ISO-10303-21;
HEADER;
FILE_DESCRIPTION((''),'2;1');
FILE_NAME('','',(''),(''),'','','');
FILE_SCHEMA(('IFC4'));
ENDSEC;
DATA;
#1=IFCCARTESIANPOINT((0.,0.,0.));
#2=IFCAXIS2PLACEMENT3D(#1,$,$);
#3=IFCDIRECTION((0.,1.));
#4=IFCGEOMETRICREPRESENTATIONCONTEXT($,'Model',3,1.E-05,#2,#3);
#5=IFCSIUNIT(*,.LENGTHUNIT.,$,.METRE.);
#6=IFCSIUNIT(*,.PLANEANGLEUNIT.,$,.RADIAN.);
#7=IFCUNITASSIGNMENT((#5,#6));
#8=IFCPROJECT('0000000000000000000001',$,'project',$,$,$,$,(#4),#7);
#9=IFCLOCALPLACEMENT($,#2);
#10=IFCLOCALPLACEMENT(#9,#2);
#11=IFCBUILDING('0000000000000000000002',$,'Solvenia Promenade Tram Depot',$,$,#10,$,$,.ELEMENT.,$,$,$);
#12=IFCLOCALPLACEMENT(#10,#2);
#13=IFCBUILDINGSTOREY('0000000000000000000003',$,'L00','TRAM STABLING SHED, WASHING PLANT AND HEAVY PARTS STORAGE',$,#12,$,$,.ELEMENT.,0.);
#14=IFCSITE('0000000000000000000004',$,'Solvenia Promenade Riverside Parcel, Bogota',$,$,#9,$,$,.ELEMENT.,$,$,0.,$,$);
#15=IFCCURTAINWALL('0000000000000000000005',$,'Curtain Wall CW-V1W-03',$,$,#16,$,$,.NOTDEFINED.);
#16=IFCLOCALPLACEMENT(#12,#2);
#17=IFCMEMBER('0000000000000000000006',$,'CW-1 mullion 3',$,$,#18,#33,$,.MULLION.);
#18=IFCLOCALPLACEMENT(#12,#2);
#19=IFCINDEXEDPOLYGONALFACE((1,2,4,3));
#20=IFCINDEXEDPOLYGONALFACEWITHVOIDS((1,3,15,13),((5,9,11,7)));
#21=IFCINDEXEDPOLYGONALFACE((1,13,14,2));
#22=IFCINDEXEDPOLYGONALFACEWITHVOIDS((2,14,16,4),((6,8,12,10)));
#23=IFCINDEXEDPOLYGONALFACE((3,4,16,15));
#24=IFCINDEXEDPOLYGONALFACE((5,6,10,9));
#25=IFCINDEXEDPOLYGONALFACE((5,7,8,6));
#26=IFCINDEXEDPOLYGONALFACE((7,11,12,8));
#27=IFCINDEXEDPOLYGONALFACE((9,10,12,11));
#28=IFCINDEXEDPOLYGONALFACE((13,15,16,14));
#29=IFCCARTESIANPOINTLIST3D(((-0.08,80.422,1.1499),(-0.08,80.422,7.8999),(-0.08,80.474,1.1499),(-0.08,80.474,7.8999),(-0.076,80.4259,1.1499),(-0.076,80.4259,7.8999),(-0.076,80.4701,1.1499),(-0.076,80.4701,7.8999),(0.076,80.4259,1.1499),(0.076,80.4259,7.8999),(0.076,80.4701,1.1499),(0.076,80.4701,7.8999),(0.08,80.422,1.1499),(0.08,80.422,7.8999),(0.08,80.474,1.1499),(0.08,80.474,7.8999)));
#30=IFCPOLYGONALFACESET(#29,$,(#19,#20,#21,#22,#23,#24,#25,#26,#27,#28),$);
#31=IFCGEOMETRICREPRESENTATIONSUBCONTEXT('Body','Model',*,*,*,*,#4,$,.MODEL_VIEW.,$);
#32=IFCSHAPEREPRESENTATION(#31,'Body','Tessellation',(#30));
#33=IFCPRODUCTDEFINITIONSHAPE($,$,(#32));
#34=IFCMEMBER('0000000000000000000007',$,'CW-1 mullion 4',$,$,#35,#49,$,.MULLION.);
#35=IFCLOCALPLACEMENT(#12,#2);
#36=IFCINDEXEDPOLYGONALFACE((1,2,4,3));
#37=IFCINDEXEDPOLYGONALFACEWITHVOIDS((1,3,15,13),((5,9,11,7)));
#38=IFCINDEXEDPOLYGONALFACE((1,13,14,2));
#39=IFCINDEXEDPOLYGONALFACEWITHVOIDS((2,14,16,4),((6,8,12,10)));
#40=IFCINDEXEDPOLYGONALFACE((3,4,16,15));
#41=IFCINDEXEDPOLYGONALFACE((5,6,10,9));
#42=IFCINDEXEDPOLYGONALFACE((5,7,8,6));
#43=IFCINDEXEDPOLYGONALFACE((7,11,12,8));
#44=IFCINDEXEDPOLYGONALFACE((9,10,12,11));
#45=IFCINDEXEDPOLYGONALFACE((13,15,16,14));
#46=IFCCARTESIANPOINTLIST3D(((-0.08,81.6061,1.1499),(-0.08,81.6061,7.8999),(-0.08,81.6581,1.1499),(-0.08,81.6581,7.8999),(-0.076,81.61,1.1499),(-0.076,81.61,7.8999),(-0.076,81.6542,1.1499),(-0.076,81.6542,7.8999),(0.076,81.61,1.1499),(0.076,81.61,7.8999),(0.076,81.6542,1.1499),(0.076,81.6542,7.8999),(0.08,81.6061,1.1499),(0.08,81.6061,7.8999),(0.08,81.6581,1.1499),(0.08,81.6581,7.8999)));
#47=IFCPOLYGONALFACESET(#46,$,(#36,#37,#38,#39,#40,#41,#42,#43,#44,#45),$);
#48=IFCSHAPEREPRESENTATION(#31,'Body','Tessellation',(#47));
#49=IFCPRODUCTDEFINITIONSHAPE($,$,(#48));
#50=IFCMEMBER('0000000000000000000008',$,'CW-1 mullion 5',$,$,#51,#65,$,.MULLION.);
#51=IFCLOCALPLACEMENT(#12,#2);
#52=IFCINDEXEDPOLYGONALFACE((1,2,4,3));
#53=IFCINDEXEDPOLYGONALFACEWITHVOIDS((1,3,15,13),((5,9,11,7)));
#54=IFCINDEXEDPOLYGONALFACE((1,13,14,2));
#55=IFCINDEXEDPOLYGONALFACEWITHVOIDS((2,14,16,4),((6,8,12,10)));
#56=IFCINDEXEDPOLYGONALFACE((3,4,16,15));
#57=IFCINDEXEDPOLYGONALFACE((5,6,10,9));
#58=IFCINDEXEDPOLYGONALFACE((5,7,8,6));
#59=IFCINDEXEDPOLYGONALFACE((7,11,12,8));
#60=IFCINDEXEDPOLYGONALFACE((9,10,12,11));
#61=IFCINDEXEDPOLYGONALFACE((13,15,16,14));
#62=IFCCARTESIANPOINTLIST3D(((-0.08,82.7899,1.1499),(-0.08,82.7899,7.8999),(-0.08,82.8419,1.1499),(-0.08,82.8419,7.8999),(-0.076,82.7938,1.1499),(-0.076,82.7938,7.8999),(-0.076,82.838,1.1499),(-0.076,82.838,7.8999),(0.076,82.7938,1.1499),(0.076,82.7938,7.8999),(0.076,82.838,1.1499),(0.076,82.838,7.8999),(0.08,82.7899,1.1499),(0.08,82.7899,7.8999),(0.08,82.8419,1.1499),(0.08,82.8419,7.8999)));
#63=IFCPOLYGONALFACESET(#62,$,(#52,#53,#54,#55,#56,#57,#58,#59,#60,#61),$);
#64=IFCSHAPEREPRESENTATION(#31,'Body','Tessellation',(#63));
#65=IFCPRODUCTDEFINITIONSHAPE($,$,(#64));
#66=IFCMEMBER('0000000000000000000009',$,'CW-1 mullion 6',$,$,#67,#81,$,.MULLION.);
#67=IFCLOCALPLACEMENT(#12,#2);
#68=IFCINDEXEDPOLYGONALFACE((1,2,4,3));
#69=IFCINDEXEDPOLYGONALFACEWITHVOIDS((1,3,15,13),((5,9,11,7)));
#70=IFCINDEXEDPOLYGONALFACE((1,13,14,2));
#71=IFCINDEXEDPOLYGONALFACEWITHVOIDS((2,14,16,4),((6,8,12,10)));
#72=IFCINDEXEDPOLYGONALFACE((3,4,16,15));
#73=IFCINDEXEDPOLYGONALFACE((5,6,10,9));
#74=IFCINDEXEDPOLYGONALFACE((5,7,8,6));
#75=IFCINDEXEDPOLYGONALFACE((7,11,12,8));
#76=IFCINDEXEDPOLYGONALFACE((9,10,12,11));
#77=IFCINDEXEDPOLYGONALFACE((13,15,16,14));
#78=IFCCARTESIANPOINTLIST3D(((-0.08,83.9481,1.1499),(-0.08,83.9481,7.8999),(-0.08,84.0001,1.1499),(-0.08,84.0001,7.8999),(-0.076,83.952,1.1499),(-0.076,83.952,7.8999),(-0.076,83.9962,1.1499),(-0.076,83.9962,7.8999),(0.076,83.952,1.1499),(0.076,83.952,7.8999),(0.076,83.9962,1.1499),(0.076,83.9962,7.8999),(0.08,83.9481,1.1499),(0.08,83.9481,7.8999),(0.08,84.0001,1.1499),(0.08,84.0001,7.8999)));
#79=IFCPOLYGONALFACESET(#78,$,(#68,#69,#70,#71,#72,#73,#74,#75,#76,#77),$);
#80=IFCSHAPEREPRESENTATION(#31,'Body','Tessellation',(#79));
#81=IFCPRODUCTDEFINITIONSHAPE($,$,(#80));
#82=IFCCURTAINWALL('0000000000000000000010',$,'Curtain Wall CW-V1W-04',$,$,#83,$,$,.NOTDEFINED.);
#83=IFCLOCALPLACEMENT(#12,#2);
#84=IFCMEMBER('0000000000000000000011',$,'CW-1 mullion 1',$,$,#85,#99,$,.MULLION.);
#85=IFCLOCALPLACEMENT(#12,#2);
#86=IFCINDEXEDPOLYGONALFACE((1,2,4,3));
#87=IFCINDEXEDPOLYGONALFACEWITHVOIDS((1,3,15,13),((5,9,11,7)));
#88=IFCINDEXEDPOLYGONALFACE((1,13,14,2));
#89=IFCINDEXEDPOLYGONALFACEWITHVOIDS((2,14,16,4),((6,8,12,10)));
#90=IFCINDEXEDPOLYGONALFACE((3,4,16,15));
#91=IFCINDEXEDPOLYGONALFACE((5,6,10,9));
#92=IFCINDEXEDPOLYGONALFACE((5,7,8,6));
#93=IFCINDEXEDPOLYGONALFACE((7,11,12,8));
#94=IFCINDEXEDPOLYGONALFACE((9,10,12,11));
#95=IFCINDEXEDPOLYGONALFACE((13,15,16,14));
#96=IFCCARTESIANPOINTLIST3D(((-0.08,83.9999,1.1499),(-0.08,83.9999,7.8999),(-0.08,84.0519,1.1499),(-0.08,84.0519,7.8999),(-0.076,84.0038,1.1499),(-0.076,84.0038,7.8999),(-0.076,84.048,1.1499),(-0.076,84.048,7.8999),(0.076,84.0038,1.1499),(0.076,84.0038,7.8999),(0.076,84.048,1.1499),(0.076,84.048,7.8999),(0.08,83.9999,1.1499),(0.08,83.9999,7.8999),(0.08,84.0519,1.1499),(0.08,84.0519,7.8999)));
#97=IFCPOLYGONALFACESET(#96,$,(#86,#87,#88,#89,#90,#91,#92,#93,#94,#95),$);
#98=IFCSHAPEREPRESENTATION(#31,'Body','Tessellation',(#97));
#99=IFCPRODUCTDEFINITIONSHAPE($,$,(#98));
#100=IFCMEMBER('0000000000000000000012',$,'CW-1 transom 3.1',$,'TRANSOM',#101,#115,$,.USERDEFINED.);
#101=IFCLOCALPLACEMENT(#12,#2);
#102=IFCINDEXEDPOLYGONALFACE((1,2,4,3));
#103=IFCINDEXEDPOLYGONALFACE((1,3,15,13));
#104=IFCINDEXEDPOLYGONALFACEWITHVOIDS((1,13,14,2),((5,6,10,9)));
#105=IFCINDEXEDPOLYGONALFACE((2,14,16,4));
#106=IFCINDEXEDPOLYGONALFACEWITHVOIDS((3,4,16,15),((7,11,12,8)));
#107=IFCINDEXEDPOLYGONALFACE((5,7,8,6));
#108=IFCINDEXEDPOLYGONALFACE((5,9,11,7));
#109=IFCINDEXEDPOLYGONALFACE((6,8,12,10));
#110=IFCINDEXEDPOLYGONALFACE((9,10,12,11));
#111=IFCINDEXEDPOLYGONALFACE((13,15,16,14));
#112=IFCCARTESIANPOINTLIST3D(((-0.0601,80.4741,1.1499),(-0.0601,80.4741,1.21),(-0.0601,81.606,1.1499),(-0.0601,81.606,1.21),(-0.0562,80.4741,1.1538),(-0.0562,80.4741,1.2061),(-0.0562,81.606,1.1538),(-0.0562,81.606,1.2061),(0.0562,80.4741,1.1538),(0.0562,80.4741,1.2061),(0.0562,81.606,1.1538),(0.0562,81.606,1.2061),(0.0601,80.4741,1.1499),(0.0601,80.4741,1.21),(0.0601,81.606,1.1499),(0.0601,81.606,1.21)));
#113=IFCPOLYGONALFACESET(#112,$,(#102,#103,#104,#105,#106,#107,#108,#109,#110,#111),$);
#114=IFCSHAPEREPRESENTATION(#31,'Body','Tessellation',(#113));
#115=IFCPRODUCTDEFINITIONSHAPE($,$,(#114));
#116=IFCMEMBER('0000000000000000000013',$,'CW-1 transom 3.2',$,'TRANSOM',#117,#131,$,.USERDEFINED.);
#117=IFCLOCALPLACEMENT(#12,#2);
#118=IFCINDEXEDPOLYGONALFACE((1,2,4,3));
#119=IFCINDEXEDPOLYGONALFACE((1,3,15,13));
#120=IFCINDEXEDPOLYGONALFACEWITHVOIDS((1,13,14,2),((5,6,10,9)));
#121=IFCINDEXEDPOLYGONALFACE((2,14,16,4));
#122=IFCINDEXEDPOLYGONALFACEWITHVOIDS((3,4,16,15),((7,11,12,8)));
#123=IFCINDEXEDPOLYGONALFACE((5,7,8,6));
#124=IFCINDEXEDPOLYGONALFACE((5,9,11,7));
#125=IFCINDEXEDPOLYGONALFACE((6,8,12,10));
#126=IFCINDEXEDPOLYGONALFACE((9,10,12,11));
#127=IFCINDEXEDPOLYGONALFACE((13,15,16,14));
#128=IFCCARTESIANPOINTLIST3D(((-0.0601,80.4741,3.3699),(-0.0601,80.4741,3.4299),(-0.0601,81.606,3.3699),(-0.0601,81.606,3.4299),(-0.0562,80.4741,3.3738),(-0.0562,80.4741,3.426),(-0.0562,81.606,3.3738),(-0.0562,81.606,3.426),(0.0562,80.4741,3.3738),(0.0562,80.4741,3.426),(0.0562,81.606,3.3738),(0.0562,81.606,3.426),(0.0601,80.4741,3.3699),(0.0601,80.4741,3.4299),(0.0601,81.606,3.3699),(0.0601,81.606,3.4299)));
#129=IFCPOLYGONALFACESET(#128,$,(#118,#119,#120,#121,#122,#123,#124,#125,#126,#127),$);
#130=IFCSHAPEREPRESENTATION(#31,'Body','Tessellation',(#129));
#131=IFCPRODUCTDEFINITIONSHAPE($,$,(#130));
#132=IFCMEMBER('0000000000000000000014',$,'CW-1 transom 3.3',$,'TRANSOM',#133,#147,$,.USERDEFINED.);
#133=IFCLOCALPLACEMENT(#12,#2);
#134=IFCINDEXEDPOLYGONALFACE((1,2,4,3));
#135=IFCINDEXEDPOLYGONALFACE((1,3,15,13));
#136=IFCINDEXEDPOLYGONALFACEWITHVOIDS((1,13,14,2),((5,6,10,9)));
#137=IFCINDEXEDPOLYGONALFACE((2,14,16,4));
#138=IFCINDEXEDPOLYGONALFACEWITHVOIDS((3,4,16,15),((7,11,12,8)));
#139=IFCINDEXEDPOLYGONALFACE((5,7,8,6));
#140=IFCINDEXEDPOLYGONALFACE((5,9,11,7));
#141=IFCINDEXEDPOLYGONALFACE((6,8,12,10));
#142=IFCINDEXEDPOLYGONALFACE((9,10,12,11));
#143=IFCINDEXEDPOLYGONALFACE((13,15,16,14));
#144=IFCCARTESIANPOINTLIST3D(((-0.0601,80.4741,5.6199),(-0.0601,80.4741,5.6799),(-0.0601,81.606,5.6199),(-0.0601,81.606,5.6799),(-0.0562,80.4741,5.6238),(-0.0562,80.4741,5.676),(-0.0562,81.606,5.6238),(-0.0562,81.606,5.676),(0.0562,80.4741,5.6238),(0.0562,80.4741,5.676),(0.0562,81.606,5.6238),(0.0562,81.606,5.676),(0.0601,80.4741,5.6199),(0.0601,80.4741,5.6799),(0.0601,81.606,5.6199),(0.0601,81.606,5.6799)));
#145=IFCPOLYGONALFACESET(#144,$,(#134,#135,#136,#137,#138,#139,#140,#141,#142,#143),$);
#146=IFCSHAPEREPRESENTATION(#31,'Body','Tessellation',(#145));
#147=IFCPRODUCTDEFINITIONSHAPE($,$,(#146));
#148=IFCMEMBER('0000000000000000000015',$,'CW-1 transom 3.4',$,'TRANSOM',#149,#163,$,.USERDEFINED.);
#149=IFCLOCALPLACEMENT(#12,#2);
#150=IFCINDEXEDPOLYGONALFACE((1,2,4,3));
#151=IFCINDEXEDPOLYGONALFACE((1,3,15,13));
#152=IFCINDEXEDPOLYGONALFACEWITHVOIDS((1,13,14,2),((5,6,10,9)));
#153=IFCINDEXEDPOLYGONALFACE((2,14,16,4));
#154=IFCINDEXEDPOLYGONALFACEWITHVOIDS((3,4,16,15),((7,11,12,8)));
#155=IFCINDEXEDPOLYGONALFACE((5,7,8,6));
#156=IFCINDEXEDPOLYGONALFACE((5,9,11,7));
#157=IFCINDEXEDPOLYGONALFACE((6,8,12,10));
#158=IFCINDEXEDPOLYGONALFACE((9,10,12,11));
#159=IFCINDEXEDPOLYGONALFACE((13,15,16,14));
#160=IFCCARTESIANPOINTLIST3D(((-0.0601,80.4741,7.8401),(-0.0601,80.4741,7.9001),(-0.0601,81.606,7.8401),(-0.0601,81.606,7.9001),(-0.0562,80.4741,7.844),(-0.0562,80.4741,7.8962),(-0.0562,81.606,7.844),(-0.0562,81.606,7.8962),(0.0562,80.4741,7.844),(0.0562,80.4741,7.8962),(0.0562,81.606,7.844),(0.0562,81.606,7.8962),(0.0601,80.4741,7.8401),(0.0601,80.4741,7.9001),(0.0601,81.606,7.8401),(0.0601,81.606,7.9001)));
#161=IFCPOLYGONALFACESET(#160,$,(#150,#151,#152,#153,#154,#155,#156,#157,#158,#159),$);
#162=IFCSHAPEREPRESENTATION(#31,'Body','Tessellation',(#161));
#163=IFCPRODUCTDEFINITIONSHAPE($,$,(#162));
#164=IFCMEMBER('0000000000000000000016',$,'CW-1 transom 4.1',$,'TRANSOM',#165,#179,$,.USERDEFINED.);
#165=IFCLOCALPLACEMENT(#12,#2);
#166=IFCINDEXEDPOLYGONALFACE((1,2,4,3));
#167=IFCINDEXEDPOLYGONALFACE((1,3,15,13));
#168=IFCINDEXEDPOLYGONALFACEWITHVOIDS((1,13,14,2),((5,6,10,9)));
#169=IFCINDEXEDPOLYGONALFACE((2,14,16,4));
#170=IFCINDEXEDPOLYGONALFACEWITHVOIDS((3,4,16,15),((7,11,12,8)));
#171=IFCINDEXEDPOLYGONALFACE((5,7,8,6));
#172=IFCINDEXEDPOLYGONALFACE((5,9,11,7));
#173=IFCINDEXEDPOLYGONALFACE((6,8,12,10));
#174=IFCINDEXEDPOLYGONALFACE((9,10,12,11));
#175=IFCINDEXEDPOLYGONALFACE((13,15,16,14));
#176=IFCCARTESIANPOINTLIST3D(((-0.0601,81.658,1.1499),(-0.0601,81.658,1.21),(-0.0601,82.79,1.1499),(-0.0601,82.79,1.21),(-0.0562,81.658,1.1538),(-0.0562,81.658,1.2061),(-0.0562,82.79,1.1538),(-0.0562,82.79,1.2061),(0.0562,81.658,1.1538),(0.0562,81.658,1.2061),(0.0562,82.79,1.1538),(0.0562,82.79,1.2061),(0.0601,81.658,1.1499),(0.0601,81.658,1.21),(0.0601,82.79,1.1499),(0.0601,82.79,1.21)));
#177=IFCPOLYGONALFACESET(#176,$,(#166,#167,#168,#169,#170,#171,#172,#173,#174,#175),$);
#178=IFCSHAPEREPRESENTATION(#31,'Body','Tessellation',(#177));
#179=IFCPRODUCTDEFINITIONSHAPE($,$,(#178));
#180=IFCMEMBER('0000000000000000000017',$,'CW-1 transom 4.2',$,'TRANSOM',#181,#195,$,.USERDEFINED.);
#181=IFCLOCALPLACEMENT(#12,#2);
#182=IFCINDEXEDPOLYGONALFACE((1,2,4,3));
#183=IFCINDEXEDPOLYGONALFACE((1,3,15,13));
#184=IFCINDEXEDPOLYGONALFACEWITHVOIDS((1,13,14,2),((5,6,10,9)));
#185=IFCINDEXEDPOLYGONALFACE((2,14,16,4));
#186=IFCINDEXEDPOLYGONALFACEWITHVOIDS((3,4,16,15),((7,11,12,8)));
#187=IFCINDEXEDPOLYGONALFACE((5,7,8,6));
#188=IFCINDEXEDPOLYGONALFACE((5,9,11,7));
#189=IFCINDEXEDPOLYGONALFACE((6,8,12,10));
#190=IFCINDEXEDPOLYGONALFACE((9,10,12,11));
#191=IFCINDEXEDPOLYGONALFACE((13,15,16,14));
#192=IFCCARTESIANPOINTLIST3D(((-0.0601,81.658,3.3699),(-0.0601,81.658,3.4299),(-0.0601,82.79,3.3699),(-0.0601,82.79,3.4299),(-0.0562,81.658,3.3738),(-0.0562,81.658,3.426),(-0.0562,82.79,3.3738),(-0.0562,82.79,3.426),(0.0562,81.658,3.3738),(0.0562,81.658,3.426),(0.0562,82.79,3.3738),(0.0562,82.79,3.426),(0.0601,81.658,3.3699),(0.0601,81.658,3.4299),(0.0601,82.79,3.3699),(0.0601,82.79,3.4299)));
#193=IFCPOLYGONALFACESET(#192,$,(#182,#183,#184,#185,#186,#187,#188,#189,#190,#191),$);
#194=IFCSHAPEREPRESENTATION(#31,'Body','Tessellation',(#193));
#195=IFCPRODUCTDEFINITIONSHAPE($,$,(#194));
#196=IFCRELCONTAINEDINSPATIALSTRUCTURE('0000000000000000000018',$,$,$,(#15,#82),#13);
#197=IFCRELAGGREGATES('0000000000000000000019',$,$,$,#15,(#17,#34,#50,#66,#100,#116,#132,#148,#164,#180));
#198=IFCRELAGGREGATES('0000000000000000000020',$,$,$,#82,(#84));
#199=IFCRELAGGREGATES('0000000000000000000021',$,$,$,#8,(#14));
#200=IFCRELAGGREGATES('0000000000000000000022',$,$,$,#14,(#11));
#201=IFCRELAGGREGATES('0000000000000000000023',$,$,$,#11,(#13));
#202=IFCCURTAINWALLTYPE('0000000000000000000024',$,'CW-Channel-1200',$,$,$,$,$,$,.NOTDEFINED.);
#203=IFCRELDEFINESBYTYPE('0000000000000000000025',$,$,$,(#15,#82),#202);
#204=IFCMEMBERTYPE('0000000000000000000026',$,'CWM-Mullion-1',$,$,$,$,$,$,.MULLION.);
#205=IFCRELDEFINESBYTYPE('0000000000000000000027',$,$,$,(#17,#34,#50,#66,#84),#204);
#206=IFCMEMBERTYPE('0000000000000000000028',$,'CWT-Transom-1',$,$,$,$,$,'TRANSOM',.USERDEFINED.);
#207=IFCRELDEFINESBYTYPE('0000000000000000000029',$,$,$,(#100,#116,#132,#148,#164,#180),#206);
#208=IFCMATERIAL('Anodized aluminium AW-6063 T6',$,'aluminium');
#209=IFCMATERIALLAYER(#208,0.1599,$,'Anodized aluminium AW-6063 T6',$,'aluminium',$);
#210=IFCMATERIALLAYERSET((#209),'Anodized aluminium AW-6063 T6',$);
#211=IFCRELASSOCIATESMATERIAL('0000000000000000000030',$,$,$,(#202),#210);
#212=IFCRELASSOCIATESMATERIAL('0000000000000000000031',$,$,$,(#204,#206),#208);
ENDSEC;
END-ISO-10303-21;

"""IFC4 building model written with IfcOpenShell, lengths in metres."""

from ifc_helpers import new_model, si_unit, direction, frame, origin, origin_2d, place, context, subcontext, project, spatial, hollow_rectangle, extrude, material, layer, layer_set, material_profile, profile_set, type_object, element, aggregate, save


model = new_model("IFC4")

# Units and contexts
model_context = context("Model", 3, precision=1e-05, world=origin(), true_north=direction((0.0, 1.0)))
body_context = subcontext(model_context, "Body", "Model", "MODEL_VIEW")
ifc_project = project(units=[si_unit("LENGTHUNIT", "METRE"), si_unit("PLANEANGLEUNIT", "RADIAN")], contexts=[model_context])

# Site, building, storey
site_placement = place(None, origin())
site = spatial("IfcSite", under=ifc_project, at=site_placement, Name="Solvenia Promenade Riverside Parcel, Bogota", CompositionType="ELEMENT", RefElevation=0.0)
building_placement = place(site_placement, origin())
building = spatial("IfcBuilding", under=site, at=building_placement, Name="Solvenia Promenade Tram Depot", CompositionType="ELEMENT")
storey_placement = place(building_placement, origin())
storey = spatial("IfcBuildingStorey", under=building, at=storey_placement, Name="L00", Description="TRAM STABLING SHED, WASHING PLANT AND HEAVY PARTS STORAGE", CompositionType="ELEMENT", Elevation=0.0)

# Curtain wall, members
ifc_material_1 = material(Name="Anodized aluminium AW-6063 T6", Category="aluminium")
ifc_layer_1 = layer(ifc_material_1, 0.1599, Name="Anodized aluminium AW-6063 T6", Category="aluminium")
ifc_layer_set_1 = layer_set([ifc_layer_1], Name="Anodized aluminium AW-6063 T6")
curtain_wall_type = type_object("IfcCurtainWallType", Name="CW-Channel-1200", PredefinedType="NOTDEFINED", material=ifc_layer_set_1)
curtain_wall_1_placement = place(storey_placement, origin())
curtain_wall_1 = element("IfcCurtainWall", 1, at=curtain_wall_1_placement, inside=storey, type_object=curtain_wall_type, Name="Curtain Wall CW-V1W-03", PredefinedType="NOTDEFINED")
ifc_material_profile_1 = material_profile(ifc_material_1, hollow_rectangle(XDim=0.1599, YDim=0.052, WallThickness=0.0039, at=origin_2d()), Name="ALU-M1", Category="aluminium")
ifc_profile_set_1 = profile_set([ifc_material_profile_1], Name="Anodized aluminium AW-6063 T6")
member_type_1 = type_object("IfcMemberType", Name="CWM-Mullion-1", PredefinedType="MULLION", material=ifc_profile_set_1)
member_1_placement = place(storey_placement, frame((0.0, 80.448, 1.1499), z_axis=(0.0, 0.0, 1.0), x_axis=(-1.0, 0.0, 0.0)))
member_1 = element("IfcMember", 2, at=member_1_placement, type_object=member_type_1, Name="CW-1 mullion 3", PredefinedType="MULLION", context=body_context, shape_type="SweptSolid", body=[
    extrude(hollow_rectangle(XDim=0.1599, YDim=0.052, WallThickness=0.0039, at=origin_2d()), origin(), (0.0, 0.0, 1.0), 6.75),
])
member_2_placement = place(storey_placement, frame((0.0, 81.6321, 1.1499), z_axis=(0.0, 0.0, 1.0), x_axis=(-1.0, 0.0, 0.0)))
member_2 = element("IfcMember", 3, at=member_2_placement, type_object=member_type_1, Name="CW-1 mullion 4", PredefinedType="MULLION", context=body_context, shape_type="SweptSolid", body=[
    extrude(hollow_rectangle(XDim=0.1599, YDim=0.052, WallThickness=0.0039, at=origin_2d()), origin(), (0.0, 0.0, 1.0), 6.75),
])
member_3_placement = place(storey_placement, frame((0.0, 82.8159, 1.1499), z_axis=(0.0, 0.0, 1.0), x_axis=(-1.0, 0.0, 0.0)))
member_3 = element("IfcMember", 4, at=member_3_placement, type_object=member_type_1, Name="CW-1 mullion 5", PredefinedType="MULLION", context=body_context, shape_type="SweptSolid", body=[
    extrude(hollow_rectangle(XDim=0.1599, YDim=0.052, WallThickness=0.0039, at=origin_2d()), origin(), (0.0, 0.0, 1.0), 6.75),
])
member_4_placement = place(storey_placement, frame((0.0, 83.9741, 1.1499), z_axis=(0.0, 0.0, 1.0), x_axis=(-1.0, 0.0, 0.0)))
member_4 = element("IfcMember", 5, at=member_4_placement, type_object=member_type_1, Name="CW-1 mullion 6", PredefinedType="MULLION", context=body_context, shape_type="SweptSolid", body=[
    extrude(hollow_rectangle(XDim=0.1599, YDim=0.052, WallThickness=0.0039, at=origin_2d()), origin(), (0.0, 0.0, 1.0), 6.75),
])

# Curtain wall, member
curtain_wall_2_placement = place(storey_placement, origin())
curtain_wall_2 = element("IfcCurtainWall", 6, at=curtain_wall_2_placement, inside=storey, type_object=curtain_wall_type, Name="Curtain Wall CW-V1W-04", PredefinedType="NOTDEFINED")
member_5_placement = place(storey_placement, frame((0.0, 84.0259, 1.1499), z_axis=(0.0, 0.0, 1.0), x_axis=(-1.0, 0.0, 0.0)))
member_5 = element("IfcMember", 7, at=member_5_placement, type_object=member_type_1, Name="CW-1 mullion 1", PredefinedType="MULLION", context=body_context, shape_type="SweptSolid", body=[
    extrude(hollow_rectangle(XDim=0.1599, YDim=0.052, WallThickness=0.0039, at=origin_2d()), origin(), (0.0, 0.0, 1.0), 6.75),
])

# Members
ifc_material_profile_2 = material_profile(ifc_material_1, hollow_rectangle(XDim=0.1201, YDim=0.0601, WallThickness=0.0039, at=origin_2d()), Name="ALU-T1", Category="aluminium")
ifc_profile_set_2 = profile_set([ifc_material_profile_2], Name="Anodized aluminium AW-6063 T6")
member_type_2 = type_object("IfcMemberType", Name="CWT-Transom-1", ElementType="TRANSOM", PredefinedType="USERDEFINED", material=ifc_profile_set_2)
member_6_placement = place(storey_placement, frame((0.0, 80.4741, 1.1799), z_axis=(0.0, 1.0, 0.0), x_axis=(-1.0, 0.0, 0.0)))
member_6 = element("IfcMember", 8, at=member_6_placement, type_object=member_type_2, Name="CW-1 transom 3.1", ObjectType="TRANSOM", PredefinedType="USERDEFINED", context=body_context, shape_type="SweptSolid", body=[
    extrude(hollow_rectangle(XDim=0.1201, YDim=0.0601, WallThickness=0.0039, at=origin_2d()), origin(), (0.0, 0.0, 1.0), 1.1318),
])
member_7_placement = place(storey_placement, frame((0.0, 80.4741, 3.3999), z_axis=(0.0, 1.0, 0.0), x_axis=(-1.0, 0.0, 0.0)))
member_7 = element("IfcMember", 9, at=member_7_placement, type_object=member_type_2, Name="CW-1 transom 3.2", ObjectType="TRANSOM", PredefinedType="USERDEFINED", context=body_context, shape_type="SweptSolid", body=[
    extrude(hollow_rectangle(XDim=0.1201, YDim=0.0601, WallThickness=0.0039, at=origin_2d()), origin(), (0.0, 0.0, 1.0), 1.1318),
])
member_8_placement = place(storey_placement, frame((0.0, 80.4741, 5.6499), z_axis=(0.0, 1.0, 0.0), x_axis=(-1.0, 0.0, 0.0)))
member_8 = element("IfcMember", 10, at=member_8_placement, type_object=member_type_2, Name="CW-1 transom 3.3", ObjectType="TRANSOM", PredefinedType="USERDEFINED", context=body_context, shape_type="SweptSolid", body=[
    extrude(hollow_rectangle(XDim=0.1201, YDim=0.0601, WallThickness=0.0039, at=origin_2d()), origin(), (0.0, 0.0, 1.0), 1.1318),
])
member_9_placement = place(storey_placement, frame((0.0, 80.4741, 7.8701), z_axis=(0.0, 1.0, 0.0), x_axis=(-1.0, 0.0, 0.0)))
member_9 = element("IfcMember", 11, at=member_9_placement, type_object=member_type_2, Name="CW-1 transom 3.4", ObjectType="TRANSOM", PredefinedType="USERDEFINED", context=body_context, shape_type="SweptSolid", body=[
    extrude(hollow_rectangle(XDim=0.1201, YDim=0.0601, WallThickness=0.0039, at=origin_2d()), origin(), (0.0, 0.0, 1.0), 1.1318),
])
member_10_placement = place(storey_placement, frame((0.0, 81.658, 1.1799), z_axis=(0.0, 1.0, 0.0), x_axis=(-1.0, 0.0, 0.0)))
member_10 = element("IfcMember", 12, at=member_10_placement, type_object=member_type_2, Name="CW-1 transom 4.1", ObjectType="TRANSOM", PredefinedType="USERDEFINED", context=body_context, shape_type="SweptSolid", body=[
    extrude(hollow_rectangle(XDim=0.1201, YDim=0.0601, WallThickness=0.0039, at=origin_2d()), origin(), (0.0, 0.0, 1.0), 1.1321),
])
member_11_placement = place(storey_placement, frame((0.0, 81.658, 3.3999), z_axis=(0.0, 1.0, 0.0), x_axis=(-1.0, 0.0, 0.0)))
member_11 = element("IfcMember", 13, at=member_11_placement, type_object=member_type_2, Name="CW-1 transom 4.2", ObjectType="TRANSOM", PredefinedType="USERDEFINED", context=body_context, shape_type="SweptSolid", body=[
    extrude(hollow_rectangle(XDim=0.1201, YDim=0.0601, WallThickness=0.0039, at=origin_2d()), origin(), (0.0, 0.0, 1.0), 1.1321),
])

aggregate(curtain_wall_1, [member_1, member_2, member_3, member_4, member_6, member_7, member_8, member_9, member_10, member_11])
aggregate(curtain_wall_2, [member_5])

save(model, "model.ifc")
